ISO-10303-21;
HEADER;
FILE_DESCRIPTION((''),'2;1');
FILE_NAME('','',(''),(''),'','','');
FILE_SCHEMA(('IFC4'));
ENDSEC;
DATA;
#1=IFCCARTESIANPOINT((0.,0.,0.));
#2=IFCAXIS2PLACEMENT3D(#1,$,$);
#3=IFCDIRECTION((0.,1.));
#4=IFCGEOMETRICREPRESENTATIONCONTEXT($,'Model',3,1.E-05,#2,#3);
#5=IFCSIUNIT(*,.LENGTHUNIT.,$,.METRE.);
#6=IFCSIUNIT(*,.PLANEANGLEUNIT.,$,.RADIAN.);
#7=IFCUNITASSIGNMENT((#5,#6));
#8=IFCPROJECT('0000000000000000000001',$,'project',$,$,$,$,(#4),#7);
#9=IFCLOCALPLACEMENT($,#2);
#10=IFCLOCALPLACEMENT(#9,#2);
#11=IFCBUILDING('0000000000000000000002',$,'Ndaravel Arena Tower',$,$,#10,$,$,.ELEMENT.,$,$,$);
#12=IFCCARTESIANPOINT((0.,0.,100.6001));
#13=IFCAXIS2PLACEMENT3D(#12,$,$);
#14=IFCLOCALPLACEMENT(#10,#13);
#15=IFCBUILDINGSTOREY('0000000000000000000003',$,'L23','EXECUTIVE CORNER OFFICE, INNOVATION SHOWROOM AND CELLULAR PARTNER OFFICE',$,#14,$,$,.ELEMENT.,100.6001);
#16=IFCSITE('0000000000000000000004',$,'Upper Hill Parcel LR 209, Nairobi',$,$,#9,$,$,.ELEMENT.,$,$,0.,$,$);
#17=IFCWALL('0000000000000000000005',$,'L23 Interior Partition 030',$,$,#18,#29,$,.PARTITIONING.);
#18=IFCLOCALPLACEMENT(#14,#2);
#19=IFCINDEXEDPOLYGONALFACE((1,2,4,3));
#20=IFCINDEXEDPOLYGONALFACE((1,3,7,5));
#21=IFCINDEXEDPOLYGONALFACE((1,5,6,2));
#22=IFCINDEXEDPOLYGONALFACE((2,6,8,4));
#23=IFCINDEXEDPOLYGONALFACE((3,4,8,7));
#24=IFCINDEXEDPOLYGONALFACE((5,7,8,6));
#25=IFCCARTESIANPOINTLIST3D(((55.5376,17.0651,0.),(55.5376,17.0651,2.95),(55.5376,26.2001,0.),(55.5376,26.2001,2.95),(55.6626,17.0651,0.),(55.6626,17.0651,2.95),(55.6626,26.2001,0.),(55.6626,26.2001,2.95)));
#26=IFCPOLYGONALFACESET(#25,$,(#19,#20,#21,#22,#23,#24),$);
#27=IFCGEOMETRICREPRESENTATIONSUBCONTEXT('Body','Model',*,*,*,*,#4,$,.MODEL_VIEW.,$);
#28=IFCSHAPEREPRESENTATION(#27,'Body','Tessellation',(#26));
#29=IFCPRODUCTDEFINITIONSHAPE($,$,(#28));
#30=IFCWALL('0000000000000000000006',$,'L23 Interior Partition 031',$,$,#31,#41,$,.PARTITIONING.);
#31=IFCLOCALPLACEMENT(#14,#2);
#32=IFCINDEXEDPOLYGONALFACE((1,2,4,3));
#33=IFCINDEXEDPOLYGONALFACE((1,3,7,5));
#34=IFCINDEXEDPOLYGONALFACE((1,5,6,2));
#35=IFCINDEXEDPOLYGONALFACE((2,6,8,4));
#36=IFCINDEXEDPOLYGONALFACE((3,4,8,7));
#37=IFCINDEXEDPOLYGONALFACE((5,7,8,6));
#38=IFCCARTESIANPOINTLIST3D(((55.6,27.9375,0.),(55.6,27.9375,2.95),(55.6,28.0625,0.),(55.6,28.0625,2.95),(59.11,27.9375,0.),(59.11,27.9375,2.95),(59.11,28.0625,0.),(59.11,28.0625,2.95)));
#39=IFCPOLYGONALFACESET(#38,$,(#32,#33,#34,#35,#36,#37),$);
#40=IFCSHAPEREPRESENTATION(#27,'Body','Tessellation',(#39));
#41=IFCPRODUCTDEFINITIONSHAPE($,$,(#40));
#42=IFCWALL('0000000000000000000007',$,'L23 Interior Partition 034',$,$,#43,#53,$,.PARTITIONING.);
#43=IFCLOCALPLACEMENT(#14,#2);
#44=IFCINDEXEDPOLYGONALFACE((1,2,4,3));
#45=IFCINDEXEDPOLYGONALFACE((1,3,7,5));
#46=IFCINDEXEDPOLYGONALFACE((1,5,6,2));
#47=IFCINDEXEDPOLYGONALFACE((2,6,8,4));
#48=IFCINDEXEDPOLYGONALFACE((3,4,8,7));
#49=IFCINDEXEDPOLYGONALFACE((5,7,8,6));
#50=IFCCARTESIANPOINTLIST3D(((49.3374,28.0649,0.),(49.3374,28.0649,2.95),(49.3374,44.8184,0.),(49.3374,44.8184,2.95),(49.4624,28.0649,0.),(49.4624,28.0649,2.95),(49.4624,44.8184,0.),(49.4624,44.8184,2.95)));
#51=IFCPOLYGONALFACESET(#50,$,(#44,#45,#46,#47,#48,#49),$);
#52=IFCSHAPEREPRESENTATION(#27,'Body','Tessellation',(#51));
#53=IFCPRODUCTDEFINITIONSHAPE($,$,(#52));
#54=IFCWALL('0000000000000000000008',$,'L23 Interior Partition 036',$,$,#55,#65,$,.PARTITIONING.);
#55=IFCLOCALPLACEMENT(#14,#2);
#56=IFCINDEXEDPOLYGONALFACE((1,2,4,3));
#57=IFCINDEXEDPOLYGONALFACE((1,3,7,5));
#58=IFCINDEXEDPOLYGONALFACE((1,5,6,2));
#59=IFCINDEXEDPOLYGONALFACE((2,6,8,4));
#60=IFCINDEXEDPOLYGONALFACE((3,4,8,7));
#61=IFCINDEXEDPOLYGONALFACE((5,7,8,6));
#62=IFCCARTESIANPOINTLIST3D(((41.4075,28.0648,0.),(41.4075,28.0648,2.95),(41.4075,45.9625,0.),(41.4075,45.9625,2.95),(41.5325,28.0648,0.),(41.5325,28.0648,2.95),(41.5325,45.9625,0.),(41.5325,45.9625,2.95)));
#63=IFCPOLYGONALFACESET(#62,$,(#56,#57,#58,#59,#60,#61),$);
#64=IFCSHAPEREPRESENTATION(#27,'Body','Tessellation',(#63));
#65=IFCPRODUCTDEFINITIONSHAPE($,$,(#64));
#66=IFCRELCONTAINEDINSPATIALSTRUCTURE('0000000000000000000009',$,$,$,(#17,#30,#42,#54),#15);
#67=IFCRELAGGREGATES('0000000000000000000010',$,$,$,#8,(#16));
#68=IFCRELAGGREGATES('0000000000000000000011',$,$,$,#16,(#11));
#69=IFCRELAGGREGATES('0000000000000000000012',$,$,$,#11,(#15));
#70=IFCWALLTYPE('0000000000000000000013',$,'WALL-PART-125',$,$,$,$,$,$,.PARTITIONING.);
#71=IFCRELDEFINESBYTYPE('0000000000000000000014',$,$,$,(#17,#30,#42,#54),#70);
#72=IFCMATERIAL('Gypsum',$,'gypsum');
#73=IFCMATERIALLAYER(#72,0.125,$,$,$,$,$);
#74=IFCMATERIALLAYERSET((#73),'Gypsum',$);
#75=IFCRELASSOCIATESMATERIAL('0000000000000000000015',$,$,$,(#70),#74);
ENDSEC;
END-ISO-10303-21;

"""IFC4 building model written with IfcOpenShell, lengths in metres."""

from ifc_helpers import new_model, si_unit, direction, frame, frame_2d, origin, place, context, subcontext, project, spatial, rectangle, extrude, material, layer, layer_set, type_object, element, save


model = new_model("IFC4")

# Units and contexts
model_context = context("Model", 3, precision=1e-05, world=origin(), true_north=direction((0.0, 1.0)))
body_context = subcontext(model_context, "Body", "Model", "MODEL_VIEW")
ifc_project = project(units=[si_unit("LENGTHUNIT", "METRE"), si_unit("PLANEANGLEUNIT", "RADIAN")], contexts=[model_context])

# Site, building, storey
site_placement = place(None, origin())
site = spatial("IfcSite", under=ifc_project, at=site_placement, Name="Upper Hill Parcel LR 209, Nairobi", CompositionType="ELEMENT", RefElevation=0.0)
building_placement = place(site_placement, origin())
building = spatial("IfcBuilding", under=site, at=building_placement, Name="Ndaravel Arena Tower", CompositionType="ELEMENT")
storey_placement = place(building_placement, frame((0.0, 0.0, 100.6001)))
storey = spatial("IfcBuildingStorey", under=building, at=storey_placement, Name="L23", Description="EXECUTIVE CORNER OFFICE, INNOVATION SHOWROOM AND CELLULAR PARTNER OFFICE", CompositionType="ELEMENT", Elevation=100.6001)

# Shared definitions
ifc_material_1 = material(Name="Gypsum", Category="gypsum")
ifc_layer_1 = layer(ifc_material_1, 0.125)
ifc_layer_set_1 = layer_set([ifc_layer_1], Name="Gypsum")
wall_type = type_object("IfcWallType", Name="WALL-PART-125", PredefinedType="PARTITIONING", material=ifc_layer_set_1)

# Walls
wall_1_placement = place(storey_placement, frame((55.6001, 26.2, 0.0), z_axis=(0.0, 0.0, 1.0), x_axis=(0.0, -1.0, 0.0)))
element("IfcWall", 1, at=wall_1_placement, inside=storey, type_object=wall_type, Name="L23 Interior Partition 030", PredefinedType="PARTITIONING", context=body_context, shape_type="SweptSolid", body=[
    extrude(rectangle(XDim=9.135, YDim=0.125, at=frame_2d((4.5674, 0.0))), origin(), (0.0, 0.0, 1.0), 2.95),
])
wall_2_placement = place(storey_placement, frame((55.6001, 28.0, 0.0), z_axis=(0.0, 0.0, 1.0), x_axis=(1.0, 0.0, 0.0)))
element("IfcWall", 2, at=wall_2_placement, inside=storey, type_object=wall_type, Name="L23 Interior Partition 031", PredefinedType="PARTITIONING", context=body_context, shape_type="SweptSolid", body=[
    extrude(rectangle(XDim=3.51, YDim=0.125, at=frame_2d((1.7549, 0.0))), origin(), (0.0, 0.0, 1.0), 2.95),
])
wall_3_placement = place(storey_placement, frame((49.3999, 28.0649, 0.0), z_axis=(0.0, 0.0, 1.0), x_axis=(0.0, 1.0, 0.0)))
element("IfcWall", 3, at=wall_3_placement, inside=storey, type_object=wall_type, Name="L23 Interior Partition 034", PredefinedType="PARTITIONING", context=body_context, shape_type="SweptSolid", body=[
    extrude(rectangle(XDim=16.7534, YDim=0.125, at=frame_2d((8.3767, 0.0))), origin(), (0.0, 0.0, 1.0), 2.95),
])
wall_4_placement = place(storey_placement, frame((41.47, 28.0649, 0.0), z_axis=(0.0, 0.0, 1.0), x_axis=(0.0, 1.0, 0.0)))
element("IfcWall", 4, at=wall_4_placement, inside=storey, type_object=wall_type, Name="L23 Interior Partition 036", PredefinedType="PARTITIONING", context=body_context, shape_type="SweptSolid", body=[
    extrude(rectangle(XDim=17.8977, YDim=0.125, at=frame_2d((8.9487, 0.0))), origin(), (0.0, 0.0, 1.0), 2.95),
])

save(model, "model.ifc")
